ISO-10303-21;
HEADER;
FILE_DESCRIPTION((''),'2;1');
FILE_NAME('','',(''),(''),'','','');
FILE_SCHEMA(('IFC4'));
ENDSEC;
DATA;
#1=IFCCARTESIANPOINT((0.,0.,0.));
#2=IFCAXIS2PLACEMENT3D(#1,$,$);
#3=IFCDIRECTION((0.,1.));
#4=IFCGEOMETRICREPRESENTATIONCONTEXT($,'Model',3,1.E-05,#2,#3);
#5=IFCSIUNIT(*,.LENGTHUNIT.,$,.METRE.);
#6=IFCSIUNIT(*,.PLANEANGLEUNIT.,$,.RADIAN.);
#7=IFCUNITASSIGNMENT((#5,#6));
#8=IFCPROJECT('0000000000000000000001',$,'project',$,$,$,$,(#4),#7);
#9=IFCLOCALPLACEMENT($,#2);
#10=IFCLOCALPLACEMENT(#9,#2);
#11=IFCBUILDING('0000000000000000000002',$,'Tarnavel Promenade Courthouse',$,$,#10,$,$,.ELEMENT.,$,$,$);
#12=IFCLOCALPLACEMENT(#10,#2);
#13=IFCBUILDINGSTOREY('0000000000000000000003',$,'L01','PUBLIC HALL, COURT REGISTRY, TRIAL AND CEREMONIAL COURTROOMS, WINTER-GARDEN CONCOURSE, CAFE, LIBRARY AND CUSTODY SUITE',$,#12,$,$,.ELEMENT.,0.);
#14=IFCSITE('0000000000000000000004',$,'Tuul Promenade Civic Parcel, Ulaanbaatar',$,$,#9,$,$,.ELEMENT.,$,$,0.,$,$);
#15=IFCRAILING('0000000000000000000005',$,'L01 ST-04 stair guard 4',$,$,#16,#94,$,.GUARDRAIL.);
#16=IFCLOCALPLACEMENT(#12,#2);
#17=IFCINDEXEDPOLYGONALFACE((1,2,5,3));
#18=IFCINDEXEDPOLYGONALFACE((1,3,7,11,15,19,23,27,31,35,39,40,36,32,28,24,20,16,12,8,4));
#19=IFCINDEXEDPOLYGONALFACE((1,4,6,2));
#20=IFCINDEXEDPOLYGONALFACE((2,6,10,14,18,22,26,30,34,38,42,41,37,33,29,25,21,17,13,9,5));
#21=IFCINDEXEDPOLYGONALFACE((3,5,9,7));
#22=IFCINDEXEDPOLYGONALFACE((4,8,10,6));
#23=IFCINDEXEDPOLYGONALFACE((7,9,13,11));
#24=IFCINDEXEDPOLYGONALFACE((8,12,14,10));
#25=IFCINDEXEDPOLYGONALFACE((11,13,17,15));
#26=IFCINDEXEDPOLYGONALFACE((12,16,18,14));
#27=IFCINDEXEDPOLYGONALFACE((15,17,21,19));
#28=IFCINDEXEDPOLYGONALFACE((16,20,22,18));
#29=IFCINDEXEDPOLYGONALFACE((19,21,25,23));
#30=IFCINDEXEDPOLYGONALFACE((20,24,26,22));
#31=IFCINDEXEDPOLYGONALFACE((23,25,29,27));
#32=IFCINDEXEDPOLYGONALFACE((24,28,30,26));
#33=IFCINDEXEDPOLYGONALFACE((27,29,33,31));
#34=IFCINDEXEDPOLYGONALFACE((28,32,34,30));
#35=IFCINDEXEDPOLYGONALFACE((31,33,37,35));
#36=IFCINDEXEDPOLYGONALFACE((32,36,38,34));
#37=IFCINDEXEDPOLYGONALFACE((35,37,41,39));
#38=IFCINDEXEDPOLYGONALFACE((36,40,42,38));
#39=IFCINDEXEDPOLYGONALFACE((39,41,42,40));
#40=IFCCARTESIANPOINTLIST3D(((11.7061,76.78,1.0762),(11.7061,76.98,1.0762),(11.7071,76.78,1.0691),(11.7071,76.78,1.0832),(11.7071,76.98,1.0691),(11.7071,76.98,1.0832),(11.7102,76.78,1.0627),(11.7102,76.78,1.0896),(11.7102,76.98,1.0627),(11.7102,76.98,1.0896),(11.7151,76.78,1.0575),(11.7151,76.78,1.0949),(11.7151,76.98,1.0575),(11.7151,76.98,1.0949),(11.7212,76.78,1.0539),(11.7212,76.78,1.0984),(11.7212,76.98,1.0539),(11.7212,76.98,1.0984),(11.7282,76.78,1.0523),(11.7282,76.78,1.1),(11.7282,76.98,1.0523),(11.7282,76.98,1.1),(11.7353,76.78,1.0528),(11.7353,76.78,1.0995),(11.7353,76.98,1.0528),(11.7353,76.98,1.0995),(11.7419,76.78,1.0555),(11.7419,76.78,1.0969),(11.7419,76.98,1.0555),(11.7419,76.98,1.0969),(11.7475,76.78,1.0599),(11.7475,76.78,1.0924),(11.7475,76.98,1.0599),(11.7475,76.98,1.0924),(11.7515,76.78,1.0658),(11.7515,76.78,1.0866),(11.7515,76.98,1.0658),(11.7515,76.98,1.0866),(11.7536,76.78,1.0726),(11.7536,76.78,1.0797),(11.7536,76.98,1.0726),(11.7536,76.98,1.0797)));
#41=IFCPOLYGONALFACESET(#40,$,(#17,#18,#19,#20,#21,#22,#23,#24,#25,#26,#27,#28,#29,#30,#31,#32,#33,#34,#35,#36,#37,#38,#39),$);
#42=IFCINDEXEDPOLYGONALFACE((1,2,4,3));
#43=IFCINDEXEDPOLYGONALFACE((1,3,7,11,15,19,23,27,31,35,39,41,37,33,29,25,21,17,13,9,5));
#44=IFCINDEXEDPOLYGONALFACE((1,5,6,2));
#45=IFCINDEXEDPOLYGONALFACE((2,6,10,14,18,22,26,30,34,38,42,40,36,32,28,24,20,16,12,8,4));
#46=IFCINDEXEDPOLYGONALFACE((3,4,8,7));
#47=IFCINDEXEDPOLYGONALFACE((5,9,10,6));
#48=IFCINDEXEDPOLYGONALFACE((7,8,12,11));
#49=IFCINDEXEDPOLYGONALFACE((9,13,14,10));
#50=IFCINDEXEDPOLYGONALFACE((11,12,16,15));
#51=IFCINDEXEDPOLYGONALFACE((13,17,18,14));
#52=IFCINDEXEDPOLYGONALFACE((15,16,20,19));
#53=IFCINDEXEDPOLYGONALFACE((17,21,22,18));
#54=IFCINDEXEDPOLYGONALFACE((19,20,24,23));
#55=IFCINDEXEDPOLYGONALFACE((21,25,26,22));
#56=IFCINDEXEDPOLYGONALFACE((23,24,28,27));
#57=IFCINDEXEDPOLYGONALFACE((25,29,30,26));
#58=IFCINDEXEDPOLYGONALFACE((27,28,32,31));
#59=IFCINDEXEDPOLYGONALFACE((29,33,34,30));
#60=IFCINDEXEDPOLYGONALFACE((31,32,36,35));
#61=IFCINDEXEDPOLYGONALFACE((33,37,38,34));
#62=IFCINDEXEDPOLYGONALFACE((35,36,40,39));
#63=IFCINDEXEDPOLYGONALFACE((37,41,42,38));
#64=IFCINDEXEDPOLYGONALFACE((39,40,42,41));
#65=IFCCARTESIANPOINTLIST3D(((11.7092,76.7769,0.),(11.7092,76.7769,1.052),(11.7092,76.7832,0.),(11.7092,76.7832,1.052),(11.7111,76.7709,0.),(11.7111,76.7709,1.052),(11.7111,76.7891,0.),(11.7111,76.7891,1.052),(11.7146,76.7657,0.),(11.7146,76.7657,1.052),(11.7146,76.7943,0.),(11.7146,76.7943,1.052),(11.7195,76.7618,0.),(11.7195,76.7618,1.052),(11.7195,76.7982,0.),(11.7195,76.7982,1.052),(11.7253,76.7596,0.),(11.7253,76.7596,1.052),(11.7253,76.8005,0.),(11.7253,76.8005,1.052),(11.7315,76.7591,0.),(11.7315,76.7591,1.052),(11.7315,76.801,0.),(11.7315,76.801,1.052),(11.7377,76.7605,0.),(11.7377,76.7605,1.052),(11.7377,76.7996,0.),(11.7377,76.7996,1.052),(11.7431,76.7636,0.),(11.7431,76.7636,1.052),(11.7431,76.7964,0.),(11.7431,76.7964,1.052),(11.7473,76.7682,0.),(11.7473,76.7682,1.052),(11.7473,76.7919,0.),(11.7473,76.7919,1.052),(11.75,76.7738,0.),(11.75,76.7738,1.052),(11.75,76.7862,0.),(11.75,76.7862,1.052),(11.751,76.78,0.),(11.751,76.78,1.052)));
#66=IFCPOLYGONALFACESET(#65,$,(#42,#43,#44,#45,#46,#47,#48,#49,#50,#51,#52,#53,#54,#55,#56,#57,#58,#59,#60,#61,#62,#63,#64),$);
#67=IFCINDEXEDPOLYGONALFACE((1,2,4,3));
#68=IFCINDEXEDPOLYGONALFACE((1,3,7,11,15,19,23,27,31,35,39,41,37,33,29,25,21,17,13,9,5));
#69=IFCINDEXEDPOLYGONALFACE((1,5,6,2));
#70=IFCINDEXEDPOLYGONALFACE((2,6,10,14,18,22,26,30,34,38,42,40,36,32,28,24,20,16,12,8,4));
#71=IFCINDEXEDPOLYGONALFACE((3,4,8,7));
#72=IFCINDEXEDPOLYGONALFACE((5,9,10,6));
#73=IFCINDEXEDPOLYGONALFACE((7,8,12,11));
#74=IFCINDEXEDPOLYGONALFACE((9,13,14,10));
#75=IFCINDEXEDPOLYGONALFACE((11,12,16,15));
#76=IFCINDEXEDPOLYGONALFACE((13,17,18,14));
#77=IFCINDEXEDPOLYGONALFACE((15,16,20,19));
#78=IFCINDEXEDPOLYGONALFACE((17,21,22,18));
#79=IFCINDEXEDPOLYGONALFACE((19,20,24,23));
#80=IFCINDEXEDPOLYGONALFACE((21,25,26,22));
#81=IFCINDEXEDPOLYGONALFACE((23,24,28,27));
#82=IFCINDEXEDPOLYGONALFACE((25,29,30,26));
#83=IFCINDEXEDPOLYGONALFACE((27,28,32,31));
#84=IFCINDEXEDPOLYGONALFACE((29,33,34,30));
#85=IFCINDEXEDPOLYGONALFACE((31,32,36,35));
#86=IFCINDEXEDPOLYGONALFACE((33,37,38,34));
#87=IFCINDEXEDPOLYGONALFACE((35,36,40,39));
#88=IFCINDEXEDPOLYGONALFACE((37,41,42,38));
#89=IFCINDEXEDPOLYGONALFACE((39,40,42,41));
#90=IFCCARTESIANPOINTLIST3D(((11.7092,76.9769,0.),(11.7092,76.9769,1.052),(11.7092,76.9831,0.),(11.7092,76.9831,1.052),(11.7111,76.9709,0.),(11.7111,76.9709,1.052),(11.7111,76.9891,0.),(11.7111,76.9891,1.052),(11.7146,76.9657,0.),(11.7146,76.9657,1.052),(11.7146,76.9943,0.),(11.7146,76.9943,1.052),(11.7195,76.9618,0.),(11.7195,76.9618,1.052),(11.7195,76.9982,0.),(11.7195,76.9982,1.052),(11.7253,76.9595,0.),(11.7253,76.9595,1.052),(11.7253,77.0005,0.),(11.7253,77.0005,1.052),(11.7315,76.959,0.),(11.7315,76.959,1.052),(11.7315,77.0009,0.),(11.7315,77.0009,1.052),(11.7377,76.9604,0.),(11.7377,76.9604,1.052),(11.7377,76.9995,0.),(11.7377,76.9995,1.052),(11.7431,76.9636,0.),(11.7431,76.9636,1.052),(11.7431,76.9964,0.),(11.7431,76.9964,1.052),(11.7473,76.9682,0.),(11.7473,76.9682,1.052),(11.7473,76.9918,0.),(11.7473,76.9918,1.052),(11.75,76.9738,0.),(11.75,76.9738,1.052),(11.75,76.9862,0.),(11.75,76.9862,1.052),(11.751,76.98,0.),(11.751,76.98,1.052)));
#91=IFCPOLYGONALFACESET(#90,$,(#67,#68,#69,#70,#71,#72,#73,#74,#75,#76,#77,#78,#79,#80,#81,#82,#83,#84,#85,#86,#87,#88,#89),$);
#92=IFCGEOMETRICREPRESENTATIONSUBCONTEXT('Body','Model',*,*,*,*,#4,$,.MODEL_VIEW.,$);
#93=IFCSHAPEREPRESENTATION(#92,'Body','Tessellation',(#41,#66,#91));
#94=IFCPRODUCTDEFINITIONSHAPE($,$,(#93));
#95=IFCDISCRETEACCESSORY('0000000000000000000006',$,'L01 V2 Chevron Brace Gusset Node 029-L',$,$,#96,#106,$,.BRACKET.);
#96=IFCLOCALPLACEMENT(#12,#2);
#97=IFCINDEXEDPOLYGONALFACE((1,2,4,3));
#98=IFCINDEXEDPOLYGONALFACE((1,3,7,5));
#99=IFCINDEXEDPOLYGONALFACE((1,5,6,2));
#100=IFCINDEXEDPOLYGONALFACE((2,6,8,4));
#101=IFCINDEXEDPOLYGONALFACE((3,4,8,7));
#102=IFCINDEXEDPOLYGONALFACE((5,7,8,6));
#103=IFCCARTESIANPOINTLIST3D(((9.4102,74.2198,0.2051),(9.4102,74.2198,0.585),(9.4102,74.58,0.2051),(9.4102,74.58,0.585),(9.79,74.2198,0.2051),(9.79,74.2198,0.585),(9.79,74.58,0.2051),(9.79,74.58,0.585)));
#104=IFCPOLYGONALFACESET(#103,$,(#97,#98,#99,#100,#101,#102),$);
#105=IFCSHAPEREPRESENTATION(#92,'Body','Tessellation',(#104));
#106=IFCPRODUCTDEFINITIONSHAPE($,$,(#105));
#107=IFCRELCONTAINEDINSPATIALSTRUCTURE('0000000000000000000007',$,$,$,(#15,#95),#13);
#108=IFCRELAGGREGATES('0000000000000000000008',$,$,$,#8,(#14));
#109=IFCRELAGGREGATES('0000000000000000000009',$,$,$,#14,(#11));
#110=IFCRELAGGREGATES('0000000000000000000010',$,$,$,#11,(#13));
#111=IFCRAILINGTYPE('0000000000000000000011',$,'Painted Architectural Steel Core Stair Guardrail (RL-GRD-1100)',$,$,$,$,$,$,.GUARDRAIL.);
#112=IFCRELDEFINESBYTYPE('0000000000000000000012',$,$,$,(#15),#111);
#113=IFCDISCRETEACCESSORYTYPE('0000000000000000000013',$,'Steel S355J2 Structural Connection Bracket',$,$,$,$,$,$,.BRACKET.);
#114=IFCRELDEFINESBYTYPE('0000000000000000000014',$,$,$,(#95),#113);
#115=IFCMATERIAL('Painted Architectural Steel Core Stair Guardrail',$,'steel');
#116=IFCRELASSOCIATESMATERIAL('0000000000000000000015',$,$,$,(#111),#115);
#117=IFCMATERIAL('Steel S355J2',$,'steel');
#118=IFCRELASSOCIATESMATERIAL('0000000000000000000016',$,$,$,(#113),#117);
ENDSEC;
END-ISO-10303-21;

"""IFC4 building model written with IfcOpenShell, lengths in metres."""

from ifc_helpers import new_model, si_unit, direction, frame, origin, origin_2d, place, context, subcontext, project, spatial, rectangle, circle, extrude, material, type_object, element, save


model = new_model("IFC4")

# Units and contexts
model_context = context("Model", 3, precision=1e-05, world=origin(), true_north=direction((0.0, 1.0)))
body_context = subcontext(model_context, "Body", "Model", "MODEL_VIEW")
ifc_project = project(units=[si_unit("LENGTHUNIT", "METRE"), si_unit("PLANEANGLEUNIT", "RADIAN")], contexts=[model_context])

# Site, building, storey
site_placement = place(None, origin())
site = spatial("IfcSite", under=ifc_project, at=site_placement, Name="Tuul Promenade Civic Parcel, Ulaanbaatar", CompositionType="ELEMENT", RefElevation=0.0)
building_placement = place(site_placement, origin())
building = spatial("IfcBuilding", under=site, at=building_placement, Name="Tarnavel Promenade Courthouse", CompositionType="ELEMENT")
storey_placement = place(building_placement, origin())
storey = spatial("IfcBuildingStorey", under=building, at=storey_placement, Name="L01", Description="PUBLIC HALL, COURT REGISTRY, TRIAL AND CEREMONIAL COURTROOMS, WINTER-GARDEN CONCOURSE, CAFE, LIBRARY AND CUSTODY SUITE", CompositionType="ELEMENT", Elevation=0.0)

# Shared definitions
ifc_material_1 = material(Name="Steel S355J2", Category="steel")

# Railing
ifc_material_2 = material(Name="Painted Architectural Steel Core Stair Guardrail", Category="steel")
railing_type_1 = type_object("IfcRailingType", Name="Painted Architectural Steel Core Stair Guardrail (RL-GRD-1100)", PredefinedType="GUARDRAIL", material=ifc_material_2)
railing_1_placement = place(storey_placement, frame((11.73, 76.78, 0.0)))
element("IfcRailing", 1, at=railing_1_placement, inside=storey, type_object=railing_type_1, Name="L01 ST-04 stair guard 4", PredefinedType="GUARDRAIL", context=body_context, shape_type="SweptSolid", body=[
    extrude(circle(Radius=0.0239, at=origin_2d()), frame((0.0, 0.0, 1.0762), z_axis=(0.0, 1.0, 0.0), x_axis=(-1.0, 0.0, 0.0)), (0.0, 0.0, 1.0), 0.2),
    extrude(circle(Radius=0.021, at=origin_2d()), origin(), (0.0, 0.0, 1.0), 1.052),
    extrude(circle(Radius=0.021, at=origin_2d()), frame((0.0, 0.2, 0.0)), (0.0, 0.0, 1.0), 1.052),
])

# Discrete accessory
discrete_accessory_type = type_object("IfcDiscreteAccessoryType", Name="Steel S355J2 Structural Connection Bracket", PredefinedType="BRACKET", material=ifc_material_1)
discrete_accessory_placement = place(storey_placement, frame((9.6001, 74.3999, 0.2051), z_axis=(0.0, 0.0, 1.0), x_axis=(1.0, 0.0, 0.0)))
element("IfcDiscreteAccessory", 2, at=discrete_accessory_placement, inside=storey, type_object=discrete_accessory_type, Name="L01 V2 Chevron Brace Gusset Node 029-L", PredefinedType="BRACKET", context=body_context, shape_type="SweptSolid", body=[
    extrude(rectangle(XDim=0.3799, YDim=0.3601, at=origin_2d()), origin(), (0.0, 0.0, 1.0), 0.3799),
])

save(model, "model.ifc")
